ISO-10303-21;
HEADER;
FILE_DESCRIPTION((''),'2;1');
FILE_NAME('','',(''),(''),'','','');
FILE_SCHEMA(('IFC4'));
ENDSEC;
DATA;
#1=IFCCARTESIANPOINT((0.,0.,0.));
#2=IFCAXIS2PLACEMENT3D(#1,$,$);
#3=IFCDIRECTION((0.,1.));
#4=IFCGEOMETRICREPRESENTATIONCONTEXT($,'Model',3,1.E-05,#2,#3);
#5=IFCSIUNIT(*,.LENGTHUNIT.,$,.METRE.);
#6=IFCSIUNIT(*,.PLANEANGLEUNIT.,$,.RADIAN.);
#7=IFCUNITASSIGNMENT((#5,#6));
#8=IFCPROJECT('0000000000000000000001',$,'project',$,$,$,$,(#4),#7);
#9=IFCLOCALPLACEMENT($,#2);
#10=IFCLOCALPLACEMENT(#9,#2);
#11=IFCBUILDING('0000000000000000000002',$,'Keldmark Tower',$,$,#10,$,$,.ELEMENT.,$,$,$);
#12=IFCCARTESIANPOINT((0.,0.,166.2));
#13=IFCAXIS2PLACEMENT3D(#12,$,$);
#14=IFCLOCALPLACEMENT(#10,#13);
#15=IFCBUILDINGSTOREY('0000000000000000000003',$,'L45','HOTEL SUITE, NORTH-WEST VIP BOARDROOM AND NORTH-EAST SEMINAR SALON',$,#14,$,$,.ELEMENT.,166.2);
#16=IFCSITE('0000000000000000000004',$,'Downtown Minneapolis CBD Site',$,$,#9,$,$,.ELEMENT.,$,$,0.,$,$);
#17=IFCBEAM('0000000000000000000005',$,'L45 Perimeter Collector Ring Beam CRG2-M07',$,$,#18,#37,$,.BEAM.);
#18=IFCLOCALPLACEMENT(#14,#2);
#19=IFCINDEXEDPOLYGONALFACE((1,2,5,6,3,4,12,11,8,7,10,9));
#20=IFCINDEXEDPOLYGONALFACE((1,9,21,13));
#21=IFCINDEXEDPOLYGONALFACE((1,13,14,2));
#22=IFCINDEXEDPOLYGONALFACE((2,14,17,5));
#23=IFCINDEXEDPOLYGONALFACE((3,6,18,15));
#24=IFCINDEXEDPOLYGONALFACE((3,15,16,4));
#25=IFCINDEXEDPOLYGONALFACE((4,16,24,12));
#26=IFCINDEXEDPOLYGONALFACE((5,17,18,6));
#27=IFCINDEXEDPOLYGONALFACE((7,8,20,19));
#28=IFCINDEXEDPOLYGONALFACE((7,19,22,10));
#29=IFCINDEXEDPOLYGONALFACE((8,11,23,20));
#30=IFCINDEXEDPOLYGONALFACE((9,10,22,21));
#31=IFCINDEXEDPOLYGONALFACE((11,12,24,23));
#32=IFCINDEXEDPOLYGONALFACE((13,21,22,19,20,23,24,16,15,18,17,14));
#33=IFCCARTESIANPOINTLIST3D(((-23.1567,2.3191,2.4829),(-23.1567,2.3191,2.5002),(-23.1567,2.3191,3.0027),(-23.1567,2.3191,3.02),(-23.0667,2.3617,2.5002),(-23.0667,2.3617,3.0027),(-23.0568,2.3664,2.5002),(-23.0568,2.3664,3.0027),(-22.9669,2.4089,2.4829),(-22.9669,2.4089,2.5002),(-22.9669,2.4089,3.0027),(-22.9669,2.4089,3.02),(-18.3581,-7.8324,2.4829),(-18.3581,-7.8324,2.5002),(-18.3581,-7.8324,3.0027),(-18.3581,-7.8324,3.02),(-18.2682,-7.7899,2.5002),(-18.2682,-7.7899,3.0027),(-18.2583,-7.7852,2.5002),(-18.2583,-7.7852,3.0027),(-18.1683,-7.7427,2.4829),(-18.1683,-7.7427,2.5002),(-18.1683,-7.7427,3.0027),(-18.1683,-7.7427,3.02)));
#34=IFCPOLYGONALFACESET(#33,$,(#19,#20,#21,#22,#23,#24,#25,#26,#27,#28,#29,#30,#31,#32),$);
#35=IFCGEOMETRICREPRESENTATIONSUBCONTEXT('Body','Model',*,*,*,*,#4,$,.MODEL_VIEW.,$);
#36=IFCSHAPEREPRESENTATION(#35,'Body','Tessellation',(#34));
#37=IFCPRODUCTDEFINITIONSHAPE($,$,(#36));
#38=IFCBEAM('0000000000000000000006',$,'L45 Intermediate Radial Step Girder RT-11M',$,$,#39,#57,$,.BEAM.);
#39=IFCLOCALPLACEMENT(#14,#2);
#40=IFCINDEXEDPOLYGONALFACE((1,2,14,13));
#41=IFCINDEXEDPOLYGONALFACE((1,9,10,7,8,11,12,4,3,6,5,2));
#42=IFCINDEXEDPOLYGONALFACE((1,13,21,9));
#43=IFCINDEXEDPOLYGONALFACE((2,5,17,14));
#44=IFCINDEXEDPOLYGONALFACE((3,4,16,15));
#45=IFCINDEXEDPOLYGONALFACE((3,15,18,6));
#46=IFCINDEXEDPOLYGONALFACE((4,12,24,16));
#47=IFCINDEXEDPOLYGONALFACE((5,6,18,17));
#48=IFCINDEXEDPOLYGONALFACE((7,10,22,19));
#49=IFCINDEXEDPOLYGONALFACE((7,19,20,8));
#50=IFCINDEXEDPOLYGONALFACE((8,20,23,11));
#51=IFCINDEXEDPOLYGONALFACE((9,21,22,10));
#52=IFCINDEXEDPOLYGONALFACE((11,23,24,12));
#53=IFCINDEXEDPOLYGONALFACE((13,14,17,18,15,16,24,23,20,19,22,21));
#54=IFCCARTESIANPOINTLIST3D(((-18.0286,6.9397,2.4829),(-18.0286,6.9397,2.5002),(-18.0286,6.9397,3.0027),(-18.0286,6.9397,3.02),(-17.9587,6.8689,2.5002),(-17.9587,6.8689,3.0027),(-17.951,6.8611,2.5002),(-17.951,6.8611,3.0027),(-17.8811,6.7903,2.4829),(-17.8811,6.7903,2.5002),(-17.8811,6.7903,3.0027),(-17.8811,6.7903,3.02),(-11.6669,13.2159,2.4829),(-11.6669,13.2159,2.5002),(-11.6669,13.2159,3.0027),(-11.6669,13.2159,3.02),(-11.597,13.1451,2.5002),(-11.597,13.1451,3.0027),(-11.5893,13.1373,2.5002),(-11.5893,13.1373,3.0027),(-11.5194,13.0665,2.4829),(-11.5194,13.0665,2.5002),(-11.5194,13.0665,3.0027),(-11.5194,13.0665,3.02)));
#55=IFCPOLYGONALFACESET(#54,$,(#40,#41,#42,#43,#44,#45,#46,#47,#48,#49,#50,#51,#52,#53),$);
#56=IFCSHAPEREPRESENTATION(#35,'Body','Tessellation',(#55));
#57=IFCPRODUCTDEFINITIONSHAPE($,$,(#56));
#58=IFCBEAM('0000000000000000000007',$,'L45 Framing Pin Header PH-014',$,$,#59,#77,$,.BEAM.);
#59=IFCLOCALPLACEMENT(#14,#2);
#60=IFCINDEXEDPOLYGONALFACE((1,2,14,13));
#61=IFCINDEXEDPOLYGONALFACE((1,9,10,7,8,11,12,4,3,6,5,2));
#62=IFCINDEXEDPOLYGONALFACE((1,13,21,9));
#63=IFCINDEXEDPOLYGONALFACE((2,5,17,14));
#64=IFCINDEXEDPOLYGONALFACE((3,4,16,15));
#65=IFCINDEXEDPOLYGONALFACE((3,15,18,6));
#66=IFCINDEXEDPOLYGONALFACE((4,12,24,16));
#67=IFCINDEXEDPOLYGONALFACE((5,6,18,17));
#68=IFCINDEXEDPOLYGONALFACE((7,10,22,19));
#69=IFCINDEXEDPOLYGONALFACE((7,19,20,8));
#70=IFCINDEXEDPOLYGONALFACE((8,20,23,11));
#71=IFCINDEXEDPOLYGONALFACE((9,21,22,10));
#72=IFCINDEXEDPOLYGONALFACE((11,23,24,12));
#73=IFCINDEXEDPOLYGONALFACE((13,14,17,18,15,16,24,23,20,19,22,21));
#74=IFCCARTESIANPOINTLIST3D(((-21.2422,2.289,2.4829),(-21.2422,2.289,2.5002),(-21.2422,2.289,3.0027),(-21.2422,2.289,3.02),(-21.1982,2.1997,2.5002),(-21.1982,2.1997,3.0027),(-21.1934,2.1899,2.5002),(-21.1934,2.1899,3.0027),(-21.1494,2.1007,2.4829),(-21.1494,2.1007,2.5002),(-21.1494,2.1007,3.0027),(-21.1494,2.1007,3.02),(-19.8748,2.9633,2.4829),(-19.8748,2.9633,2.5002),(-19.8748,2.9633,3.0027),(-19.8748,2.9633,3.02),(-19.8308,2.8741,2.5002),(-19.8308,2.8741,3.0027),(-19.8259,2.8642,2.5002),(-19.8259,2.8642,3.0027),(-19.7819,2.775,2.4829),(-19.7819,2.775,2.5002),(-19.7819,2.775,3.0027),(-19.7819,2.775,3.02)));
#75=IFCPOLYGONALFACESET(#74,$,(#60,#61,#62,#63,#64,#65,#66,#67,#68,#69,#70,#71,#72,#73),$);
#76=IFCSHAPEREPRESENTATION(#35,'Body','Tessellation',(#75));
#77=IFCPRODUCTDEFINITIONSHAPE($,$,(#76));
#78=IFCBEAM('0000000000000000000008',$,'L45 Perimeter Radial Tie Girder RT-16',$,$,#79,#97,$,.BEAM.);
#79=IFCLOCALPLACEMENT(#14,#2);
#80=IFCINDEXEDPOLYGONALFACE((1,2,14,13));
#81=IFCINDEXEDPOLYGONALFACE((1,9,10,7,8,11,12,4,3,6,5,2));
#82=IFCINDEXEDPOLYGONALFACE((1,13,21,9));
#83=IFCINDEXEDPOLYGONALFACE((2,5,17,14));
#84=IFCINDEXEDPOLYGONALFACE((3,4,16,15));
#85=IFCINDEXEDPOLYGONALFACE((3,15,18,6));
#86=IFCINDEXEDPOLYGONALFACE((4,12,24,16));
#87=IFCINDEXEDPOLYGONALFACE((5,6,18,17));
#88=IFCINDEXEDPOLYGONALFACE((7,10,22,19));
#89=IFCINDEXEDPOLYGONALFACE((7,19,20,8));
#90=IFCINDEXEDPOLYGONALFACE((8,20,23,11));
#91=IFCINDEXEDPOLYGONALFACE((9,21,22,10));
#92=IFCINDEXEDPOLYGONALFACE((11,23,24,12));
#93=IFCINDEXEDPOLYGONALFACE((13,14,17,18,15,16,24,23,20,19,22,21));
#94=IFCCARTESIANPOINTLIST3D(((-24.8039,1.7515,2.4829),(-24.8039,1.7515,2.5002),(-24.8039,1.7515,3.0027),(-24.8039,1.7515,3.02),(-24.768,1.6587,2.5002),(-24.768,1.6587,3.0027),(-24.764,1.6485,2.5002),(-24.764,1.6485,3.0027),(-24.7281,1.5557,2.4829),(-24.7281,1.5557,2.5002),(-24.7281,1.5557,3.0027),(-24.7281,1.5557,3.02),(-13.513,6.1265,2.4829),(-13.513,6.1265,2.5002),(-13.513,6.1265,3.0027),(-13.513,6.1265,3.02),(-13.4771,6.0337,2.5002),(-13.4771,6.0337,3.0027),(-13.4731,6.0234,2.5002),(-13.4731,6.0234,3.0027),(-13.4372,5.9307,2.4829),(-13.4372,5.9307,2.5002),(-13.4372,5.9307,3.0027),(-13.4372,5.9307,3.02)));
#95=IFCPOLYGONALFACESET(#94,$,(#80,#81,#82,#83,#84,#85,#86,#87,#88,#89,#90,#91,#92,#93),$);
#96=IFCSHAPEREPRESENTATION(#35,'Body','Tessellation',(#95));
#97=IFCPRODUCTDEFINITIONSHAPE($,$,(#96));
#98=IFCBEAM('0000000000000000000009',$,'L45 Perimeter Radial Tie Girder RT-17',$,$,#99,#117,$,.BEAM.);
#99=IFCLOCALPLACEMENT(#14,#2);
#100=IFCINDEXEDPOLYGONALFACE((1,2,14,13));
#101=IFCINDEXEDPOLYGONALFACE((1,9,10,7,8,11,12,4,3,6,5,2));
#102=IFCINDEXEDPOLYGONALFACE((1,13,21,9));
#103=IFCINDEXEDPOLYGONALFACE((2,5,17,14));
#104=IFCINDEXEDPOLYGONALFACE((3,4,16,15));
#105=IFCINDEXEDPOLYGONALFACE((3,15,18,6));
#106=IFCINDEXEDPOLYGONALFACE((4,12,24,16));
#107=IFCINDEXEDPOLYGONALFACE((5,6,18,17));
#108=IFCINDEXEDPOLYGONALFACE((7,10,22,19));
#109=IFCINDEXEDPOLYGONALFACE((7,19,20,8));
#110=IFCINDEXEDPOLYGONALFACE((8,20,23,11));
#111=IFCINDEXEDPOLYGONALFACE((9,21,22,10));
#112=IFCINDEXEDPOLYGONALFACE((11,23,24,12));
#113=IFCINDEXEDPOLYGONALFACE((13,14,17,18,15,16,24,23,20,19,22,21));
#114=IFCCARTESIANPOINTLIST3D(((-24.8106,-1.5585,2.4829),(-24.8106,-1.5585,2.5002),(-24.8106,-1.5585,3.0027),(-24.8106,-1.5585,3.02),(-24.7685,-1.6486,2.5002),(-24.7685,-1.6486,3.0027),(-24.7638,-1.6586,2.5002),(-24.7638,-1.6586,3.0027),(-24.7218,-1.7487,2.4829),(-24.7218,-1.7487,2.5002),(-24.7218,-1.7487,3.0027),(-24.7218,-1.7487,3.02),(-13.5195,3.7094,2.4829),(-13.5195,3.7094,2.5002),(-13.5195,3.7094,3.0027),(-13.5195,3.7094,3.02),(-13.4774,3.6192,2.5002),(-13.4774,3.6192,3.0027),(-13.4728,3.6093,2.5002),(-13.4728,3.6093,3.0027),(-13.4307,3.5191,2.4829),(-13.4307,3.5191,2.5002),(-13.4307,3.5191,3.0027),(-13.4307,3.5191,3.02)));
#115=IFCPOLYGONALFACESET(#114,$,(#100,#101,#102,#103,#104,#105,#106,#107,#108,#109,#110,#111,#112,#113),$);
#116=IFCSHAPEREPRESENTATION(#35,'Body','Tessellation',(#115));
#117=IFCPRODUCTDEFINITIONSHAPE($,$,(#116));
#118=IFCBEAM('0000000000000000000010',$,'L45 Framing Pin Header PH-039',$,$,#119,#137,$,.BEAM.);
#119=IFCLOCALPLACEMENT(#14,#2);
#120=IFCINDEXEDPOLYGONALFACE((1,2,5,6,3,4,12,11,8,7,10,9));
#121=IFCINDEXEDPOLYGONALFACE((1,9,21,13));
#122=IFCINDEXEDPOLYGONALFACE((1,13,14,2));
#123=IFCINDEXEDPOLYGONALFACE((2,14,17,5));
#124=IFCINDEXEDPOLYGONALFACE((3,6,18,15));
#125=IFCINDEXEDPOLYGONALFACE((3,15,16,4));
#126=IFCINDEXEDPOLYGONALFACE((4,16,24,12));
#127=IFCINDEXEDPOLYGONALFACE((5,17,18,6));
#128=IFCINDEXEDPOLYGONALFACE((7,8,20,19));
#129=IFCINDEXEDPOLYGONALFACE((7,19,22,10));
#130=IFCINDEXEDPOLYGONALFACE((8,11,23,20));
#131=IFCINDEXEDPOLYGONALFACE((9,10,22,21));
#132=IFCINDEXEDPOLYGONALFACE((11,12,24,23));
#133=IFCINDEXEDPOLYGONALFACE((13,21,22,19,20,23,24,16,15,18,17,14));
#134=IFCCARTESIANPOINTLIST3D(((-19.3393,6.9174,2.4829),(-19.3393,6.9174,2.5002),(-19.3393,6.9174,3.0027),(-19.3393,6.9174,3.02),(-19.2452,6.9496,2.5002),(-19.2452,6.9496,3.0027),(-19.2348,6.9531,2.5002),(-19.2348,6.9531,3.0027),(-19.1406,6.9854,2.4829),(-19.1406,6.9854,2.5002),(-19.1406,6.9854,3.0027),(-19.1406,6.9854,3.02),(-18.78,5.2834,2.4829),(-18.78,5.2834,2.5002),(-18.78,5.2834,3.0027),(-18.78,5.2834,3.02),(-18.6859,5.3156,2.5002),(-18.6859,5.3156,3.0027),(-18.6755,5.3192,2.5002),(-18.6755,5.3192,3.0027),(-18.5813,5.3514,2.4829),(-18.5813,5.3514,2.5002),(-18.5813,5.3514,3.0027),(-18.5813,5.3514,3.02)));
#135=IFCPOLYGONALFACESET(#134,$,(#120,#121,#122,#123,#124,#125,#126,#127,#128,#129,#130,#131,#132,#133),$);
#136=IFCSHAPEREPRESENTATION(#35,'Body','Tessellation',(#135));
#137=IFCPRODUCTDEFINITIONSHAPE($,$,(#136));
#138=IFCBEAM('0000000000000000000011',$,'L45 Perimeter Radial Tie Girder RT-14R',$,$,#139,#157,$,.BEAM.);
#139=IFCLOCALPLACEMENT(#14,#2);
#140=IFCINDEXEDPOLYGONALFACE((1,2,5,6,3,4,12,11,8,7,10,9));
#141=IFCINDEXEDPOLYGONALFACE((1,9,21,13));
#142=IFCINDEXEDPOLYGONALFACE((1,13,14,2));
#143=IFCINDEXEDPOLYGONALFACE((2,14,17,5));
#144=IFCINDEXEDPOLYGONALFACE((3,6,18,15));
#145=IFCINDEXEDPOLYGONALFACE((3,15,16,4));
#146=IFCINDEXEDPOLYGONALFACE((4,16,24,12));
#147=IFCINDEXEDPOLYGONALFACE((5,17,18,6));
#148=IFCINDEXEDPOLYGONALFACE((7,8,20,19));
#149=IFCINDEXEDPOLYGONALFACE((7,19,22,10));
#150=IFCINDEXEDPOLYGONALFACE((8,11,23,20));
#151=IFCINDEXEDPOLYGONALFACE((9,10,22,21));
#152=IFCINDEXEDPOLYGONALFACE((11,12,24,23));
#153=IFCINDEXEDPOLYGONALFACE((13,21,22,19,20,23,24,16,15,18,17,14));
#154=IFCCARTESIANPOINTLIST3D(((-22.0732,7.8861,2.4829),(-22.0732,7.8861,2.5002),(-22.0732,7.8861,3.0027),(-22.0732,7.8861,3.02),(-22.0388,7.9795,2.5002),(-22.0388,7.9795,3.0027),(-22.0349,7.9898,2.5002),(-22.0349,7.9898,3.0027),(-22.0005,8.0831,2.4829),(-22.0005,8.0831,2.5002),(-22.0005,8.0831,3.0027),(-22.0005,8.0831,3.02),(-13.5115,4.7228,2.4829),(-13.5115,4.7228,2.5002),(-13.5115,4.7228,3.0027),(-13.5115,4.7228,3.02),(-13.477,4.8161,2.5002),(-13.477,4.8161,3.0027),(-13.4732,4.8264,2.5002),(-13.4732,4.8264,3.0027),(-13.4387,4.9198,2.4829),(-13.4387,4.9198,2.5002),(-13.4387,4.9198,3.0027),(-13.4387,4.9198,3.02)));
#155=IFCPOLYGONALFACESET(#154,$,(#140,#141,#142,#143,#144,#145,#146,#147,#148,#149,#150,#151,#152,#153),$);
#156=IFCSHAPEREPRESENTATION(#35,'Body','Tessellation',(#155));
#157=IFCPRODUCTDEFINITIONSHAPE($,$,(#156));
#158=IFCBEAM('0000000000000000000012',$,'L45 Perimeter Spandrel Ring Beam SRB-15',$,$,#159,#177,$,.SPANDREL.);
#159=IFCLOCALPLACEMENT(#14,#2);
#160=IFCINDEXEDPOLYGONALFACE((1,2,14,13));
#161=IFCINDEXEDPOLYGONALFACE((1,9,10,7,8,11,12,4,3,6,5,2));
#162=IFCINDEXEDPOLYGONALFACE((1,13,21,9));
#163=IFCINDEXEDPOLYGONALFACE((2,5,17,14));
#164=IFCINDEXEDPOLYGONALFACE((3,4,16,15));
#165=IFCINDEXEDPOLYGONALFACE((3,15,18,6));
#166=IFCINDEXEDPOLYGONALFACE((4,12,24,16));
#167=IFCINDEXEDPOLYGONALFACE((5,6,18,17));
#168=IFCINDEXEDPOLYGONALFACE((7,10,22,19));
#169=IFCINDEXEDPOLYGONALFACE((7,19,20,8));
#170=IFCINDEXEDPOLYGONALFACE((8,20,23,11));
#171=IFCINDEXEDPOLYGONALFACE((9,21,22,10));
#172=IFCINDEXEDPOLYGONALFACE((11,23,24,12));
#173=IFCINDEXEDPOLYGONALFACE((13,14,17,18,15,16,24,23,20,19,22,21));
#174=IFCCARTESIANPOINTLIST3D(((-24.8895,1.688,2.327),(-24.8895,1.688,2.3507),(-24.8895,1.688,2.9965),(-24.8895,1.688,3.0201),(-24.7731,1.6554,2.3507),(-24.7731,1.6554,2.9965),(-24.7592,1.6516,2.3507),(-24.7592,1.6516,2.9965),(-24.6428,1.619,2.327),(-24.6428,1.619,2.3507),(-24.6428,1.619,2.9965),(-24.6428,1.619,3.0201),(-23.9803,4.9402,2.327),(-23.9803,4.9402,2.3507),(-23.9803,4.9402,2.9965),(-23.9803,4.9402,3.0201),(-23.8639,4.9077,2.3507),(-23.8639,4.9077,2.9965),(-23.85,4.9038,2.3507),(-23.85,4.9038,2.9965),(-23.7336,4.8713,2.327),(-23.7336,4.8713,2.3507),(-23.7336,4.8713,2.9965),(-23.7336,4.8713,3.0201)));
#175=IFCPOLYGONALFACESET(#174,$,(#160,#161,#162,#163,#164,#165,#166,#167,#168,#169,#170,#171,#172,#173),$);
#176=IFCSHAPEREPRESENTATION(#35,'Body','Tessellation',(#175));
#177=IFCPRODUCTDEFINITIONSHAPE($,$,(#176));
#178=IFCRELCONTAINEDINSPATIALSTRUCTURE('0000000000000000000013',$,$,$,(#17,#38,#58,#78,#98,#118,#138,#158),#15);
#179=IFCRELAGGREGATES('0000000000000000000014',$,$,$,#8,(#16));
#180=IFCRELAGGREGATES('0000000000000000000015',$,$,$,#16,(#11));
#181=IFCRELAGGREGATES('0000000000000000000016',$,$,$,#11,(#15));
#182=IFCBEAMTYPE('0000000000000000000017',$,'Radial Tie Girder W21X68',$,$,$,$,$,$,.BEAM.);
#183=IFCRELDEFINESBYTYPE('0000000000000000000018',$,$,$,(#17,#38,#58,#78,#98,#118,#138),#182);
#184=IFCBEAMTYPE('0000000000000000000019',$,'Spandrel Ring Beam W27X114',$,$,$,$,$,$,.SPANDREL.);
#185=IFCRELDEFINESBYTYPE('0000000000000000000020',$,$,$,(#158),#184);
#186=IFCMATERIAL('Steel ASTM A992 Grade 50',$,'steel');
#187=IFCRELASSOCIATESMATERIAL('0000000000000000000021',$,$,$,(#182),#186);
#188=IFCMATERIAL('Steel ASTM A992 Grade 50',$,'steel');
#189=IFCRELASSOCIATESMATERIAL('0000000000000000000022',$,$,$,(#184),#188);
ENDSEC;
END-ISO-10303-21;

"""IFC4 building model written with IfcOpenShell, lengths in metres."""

from ifc_helpers import new_model, si_unit, direction, frame, origin, origin_2d, place, context, subcontext, project, spatial, i_section, extrude, material, material_profile, profile_set, type_object, element, save


model = new_model("IFC4")

# Units and contexts
model_context = context("Model", 3, precision=1e-05, world=origin(), true_north=direction((0.0, 1.0)))
body_context = subcontext(model_context, "Body", "Model", "MODEL_VIEW")
ifc_project = project(units=[si_unit("LENGTHUNIT", "METRE"), si_unit("PLANEANGLEUNIT", "RADIAN")], contexts=[model_context])

# Site, building, storey
site_placement = place(None, origin())
site = spatial("IfcSite", under=ifc_project, at=site_placement, Name="Downtown Minneapolis CBD Site", CompositionType="ELEMENT", RefElevation=0.0)
building_placement = place(site_placement, origin())
building = spatial("IfcBuilding", under=site, at=building_placement, Name="Keldmark Tower", CompositionType="ELEMENT")
storey_placement = place(building_placement, frame((0.0, 0.0, 166.2)))
storey = spatial("IfcBuildingStorey", under=building, at=storey_placement, Name="L45", Description="HOTEL SUITE, NORTH-WEST VIP BOARDROOM AND NORTH-EAST SEMINAR SALON", CompositionType="ELEMENT", Elevation=166.2)

# Beams
ifc_material_1 = material(Name="Steel ASTM A992 Grade 50", Category="steel")
ifc_material_profile_1 = material_profile(ifc_material_1, i_section(OverallWidth=0.21, OverallDepth=0.5371, WebThickness=0.011, FlangeThickness=0.0173, at=origin_2d()), Name="W21X68")
ifc_profile_set_1 = profile_set([ifc_material_profile_1], Name="Steel ASTM A992 Grade 50")
beam_type_1 = type_object("IfcBeamType", Name="Radial Tie Girder W21X68", PredefinedType="BEAM", material=ifc_profile_set_1)
beam_1_placement = place(storey_placement, frame((-23.0618, 2.364, 2.7515), z_axis=(0.427353, -0.904085, 0.0), x_axis=(0.904085, 0.427353, 0.0)))
element("IfcBeam", 1, at=beam_1_placement, inside=storey, type_object=beam_type_1, Name="L45 Perimeter Collector Ring Beam CRG2-M07", PredefinedType="BEAM", context=body_context, shape_type="SweptSolid", body=[
    extrude(i_section(OverallWidth=0.21, OverallDepth=0.5371, WebThickness=0.011, FlangeThickness=0.0173, at=origin_2d()), origin(), (0.0, 0.0, 1.0), 11.2285),
])
beam_2_placement = place(storey_placement, frame((-17.9548, 6.865, 2.7515), z_axis=(0.711872, 0.70231, 0.0), x_axis=(-0.70231, 0.711872, 0.0)))
element("IfcBeam", 2, at=beam_2_placement, inside=storey, type_object=beam_type_1, Name="L45 Intermediate Radial Step Girder RT-11M", PredefinedType="BEAM", context=body_context, shape_type="SweptSolid", body=[
    extrude(i_section(OverallWidth=0.21, OverallDepth=0.5371, WebThickness=0.011, FlangeThickness=0.0173, at=origin_2d()), origin(), (0.0, 0.0, 1.0), 8.9365),
])
beam_3_placement = place(storey_placement, frame((-19.8284, 2.8691, 2.7515), z_axis=(-0.89688, -0.442275, 0.0), x_axis=(0.442275, -0.89688, 0.0)))
element("IfcBeam", 3, at=beam_3_placement, inside=storey, type_object=beam_type_1, Name="L45 Framing Pin Header PH-014", PredefinedType="BEAM", context=body_context, shape_type="SweptSolid", body=[
    extrude(i_section(OverallWidth=0.21, OverallDepth=0.5371, WebThickness=0.011, FlangeThickness=0.0173, at=origin_2d()), origin(), (0.0, 0.0, 1.0), 1.5247),
])
beam_4_placement = place(storey_placement, frame((-13.4751, 6.0286, 2.7515), z_axis=(-0.932449, -0.361302, 0.0), x_axis=(0.361302, -0.932449, 0.0)))
element("IfcBeam", 4, at=beam_4_placement, inside=storey, type_object=beam_type_1, Name="L45 Perimeter Radial Tie Girder RT-16", PredefinedType="BEAM", context=body_context, shape_type="SweptSolid", body=[
    extrude(i_section(OverallWidth=0.21, OverallDepth=0.5371, WebThickness=0.011, FlangeThickness=0.0173, at=origin_2d()), origin(), (0.0, 0.0, 1.0), 12.1089),
])
beam_5_placement = place(storey_placement, frame((-13.4751, 3.6143, 2.7515), z_axis=(-0.906224, -0.422799, 0.0), x_axis=(0.422799, -0.906224, 0.0)))
element("IfcBeam", 5, at=beam_5_placement, inside=storey, type_object=beam_type_1, Name="L45 Perimeter Radial Tie Girder RT-17", PredefinedType="BEAM", context=body_context, shape_type="SweptSolid", body=[
    extrude(i_section(OverallWidth=0.21, OverallDepth=0.5371, WebThickness=0.011, FlangeThickness=0.0173, at=origin_2d()), origin(), (0.0, 0.0, 1.0), 12.4595),
])
beam_6_placement = place(storey_placement, frame((-18.6807, 5.3174, 2.7515), z_axis=(-0.323851, 0.946108, 0.0), x_axis=(-0.946108, -0.323851, 0.0)))
element("IfcBeam", 6, at=beam_6_placement, inside=storey, type_object=beam_type_1, Name="L45 Framing Pin Header PH-039", PredefinedType="BEAM", context=body_context, shape_type="SweptSolid", body=[
    extrude(i_section(OverallWidth=0.21, OverallDepth=0.5371, WebThickness=0.011, FlangeThickness=0.0173, at=origin_2d()), origin(), (0.0, 0.0, 1.0), 1.7271),
])
beam_7_placement = place(storey_placement, frame((-13.4751, 4.8213, 2.7515), z_axis=(-0.938023, 0.346573, 0.0), x_axis=(-0.346573, -0.938023, 0.0)))
element("IfcBeam", 7, at=beam_7_placement, inside=storey, type_object=beam_type_1, Name="L45 Perimeter Radial Tie Girder RT-14R", PredefinedType="BEAM", context=body_context, shape_type="SweptSolid", body=[
    extrude(i_section(OverallWidth=0.21, OverallDepth=0.5371, WebThickness=0.011, FlangeThickness=0.0173, at=origin_2d()), origin(), (0.0, 0.0, 1.0), 9.1274),
])
ifc_material_2 = material(Name="Steel ASTM A992 Grade 50", Category="steel")
ifc_material_profile_2 = material_profile(ifc_material_2, i_section(OverallWidth=0.2561, OverallDepth=0.6931, WebThickness=0.0144, FlangeThickness=0.0237, at=origin_2d()), Name="W27X114")
ifc_profile_set_2 = profile_set([ifc_material_profile_2], Name="Steel ASTM A992 Grade 50")
beam_type_2 = type_object("IfcBeamType", Name="Spandrel Ring Beam W27X114", PredefinedType="SPANDREL", material=ifc_profile_set_2)
beam_8_placement = place(storey_placement, frame((-23.8569, 4.9058, 2.6736), z_axis=(-0.269236, -0.963074, 0.0), x_axis=(0.963074, -0.269236, 0.0)))
element("IfcBeam", 8, at=beam_8_placement, inside=storey, type_object=beam_type_2, Name="L45 Perimeter Spandrel Ring Beam SRB-15", PredefinedType="SPANDREL", context=body_context, shape_type="SweptSolid", body=[
    extrude(i_section(OverallWidth=0.2561, OverallDepth=0.6931, WebThickness=0.0144, FlangeThickness=0.0237, at=origin_2d()), origin(), (0.0, 0.0, 1.0), 3.377),
])

save(model, "model.ifc")
